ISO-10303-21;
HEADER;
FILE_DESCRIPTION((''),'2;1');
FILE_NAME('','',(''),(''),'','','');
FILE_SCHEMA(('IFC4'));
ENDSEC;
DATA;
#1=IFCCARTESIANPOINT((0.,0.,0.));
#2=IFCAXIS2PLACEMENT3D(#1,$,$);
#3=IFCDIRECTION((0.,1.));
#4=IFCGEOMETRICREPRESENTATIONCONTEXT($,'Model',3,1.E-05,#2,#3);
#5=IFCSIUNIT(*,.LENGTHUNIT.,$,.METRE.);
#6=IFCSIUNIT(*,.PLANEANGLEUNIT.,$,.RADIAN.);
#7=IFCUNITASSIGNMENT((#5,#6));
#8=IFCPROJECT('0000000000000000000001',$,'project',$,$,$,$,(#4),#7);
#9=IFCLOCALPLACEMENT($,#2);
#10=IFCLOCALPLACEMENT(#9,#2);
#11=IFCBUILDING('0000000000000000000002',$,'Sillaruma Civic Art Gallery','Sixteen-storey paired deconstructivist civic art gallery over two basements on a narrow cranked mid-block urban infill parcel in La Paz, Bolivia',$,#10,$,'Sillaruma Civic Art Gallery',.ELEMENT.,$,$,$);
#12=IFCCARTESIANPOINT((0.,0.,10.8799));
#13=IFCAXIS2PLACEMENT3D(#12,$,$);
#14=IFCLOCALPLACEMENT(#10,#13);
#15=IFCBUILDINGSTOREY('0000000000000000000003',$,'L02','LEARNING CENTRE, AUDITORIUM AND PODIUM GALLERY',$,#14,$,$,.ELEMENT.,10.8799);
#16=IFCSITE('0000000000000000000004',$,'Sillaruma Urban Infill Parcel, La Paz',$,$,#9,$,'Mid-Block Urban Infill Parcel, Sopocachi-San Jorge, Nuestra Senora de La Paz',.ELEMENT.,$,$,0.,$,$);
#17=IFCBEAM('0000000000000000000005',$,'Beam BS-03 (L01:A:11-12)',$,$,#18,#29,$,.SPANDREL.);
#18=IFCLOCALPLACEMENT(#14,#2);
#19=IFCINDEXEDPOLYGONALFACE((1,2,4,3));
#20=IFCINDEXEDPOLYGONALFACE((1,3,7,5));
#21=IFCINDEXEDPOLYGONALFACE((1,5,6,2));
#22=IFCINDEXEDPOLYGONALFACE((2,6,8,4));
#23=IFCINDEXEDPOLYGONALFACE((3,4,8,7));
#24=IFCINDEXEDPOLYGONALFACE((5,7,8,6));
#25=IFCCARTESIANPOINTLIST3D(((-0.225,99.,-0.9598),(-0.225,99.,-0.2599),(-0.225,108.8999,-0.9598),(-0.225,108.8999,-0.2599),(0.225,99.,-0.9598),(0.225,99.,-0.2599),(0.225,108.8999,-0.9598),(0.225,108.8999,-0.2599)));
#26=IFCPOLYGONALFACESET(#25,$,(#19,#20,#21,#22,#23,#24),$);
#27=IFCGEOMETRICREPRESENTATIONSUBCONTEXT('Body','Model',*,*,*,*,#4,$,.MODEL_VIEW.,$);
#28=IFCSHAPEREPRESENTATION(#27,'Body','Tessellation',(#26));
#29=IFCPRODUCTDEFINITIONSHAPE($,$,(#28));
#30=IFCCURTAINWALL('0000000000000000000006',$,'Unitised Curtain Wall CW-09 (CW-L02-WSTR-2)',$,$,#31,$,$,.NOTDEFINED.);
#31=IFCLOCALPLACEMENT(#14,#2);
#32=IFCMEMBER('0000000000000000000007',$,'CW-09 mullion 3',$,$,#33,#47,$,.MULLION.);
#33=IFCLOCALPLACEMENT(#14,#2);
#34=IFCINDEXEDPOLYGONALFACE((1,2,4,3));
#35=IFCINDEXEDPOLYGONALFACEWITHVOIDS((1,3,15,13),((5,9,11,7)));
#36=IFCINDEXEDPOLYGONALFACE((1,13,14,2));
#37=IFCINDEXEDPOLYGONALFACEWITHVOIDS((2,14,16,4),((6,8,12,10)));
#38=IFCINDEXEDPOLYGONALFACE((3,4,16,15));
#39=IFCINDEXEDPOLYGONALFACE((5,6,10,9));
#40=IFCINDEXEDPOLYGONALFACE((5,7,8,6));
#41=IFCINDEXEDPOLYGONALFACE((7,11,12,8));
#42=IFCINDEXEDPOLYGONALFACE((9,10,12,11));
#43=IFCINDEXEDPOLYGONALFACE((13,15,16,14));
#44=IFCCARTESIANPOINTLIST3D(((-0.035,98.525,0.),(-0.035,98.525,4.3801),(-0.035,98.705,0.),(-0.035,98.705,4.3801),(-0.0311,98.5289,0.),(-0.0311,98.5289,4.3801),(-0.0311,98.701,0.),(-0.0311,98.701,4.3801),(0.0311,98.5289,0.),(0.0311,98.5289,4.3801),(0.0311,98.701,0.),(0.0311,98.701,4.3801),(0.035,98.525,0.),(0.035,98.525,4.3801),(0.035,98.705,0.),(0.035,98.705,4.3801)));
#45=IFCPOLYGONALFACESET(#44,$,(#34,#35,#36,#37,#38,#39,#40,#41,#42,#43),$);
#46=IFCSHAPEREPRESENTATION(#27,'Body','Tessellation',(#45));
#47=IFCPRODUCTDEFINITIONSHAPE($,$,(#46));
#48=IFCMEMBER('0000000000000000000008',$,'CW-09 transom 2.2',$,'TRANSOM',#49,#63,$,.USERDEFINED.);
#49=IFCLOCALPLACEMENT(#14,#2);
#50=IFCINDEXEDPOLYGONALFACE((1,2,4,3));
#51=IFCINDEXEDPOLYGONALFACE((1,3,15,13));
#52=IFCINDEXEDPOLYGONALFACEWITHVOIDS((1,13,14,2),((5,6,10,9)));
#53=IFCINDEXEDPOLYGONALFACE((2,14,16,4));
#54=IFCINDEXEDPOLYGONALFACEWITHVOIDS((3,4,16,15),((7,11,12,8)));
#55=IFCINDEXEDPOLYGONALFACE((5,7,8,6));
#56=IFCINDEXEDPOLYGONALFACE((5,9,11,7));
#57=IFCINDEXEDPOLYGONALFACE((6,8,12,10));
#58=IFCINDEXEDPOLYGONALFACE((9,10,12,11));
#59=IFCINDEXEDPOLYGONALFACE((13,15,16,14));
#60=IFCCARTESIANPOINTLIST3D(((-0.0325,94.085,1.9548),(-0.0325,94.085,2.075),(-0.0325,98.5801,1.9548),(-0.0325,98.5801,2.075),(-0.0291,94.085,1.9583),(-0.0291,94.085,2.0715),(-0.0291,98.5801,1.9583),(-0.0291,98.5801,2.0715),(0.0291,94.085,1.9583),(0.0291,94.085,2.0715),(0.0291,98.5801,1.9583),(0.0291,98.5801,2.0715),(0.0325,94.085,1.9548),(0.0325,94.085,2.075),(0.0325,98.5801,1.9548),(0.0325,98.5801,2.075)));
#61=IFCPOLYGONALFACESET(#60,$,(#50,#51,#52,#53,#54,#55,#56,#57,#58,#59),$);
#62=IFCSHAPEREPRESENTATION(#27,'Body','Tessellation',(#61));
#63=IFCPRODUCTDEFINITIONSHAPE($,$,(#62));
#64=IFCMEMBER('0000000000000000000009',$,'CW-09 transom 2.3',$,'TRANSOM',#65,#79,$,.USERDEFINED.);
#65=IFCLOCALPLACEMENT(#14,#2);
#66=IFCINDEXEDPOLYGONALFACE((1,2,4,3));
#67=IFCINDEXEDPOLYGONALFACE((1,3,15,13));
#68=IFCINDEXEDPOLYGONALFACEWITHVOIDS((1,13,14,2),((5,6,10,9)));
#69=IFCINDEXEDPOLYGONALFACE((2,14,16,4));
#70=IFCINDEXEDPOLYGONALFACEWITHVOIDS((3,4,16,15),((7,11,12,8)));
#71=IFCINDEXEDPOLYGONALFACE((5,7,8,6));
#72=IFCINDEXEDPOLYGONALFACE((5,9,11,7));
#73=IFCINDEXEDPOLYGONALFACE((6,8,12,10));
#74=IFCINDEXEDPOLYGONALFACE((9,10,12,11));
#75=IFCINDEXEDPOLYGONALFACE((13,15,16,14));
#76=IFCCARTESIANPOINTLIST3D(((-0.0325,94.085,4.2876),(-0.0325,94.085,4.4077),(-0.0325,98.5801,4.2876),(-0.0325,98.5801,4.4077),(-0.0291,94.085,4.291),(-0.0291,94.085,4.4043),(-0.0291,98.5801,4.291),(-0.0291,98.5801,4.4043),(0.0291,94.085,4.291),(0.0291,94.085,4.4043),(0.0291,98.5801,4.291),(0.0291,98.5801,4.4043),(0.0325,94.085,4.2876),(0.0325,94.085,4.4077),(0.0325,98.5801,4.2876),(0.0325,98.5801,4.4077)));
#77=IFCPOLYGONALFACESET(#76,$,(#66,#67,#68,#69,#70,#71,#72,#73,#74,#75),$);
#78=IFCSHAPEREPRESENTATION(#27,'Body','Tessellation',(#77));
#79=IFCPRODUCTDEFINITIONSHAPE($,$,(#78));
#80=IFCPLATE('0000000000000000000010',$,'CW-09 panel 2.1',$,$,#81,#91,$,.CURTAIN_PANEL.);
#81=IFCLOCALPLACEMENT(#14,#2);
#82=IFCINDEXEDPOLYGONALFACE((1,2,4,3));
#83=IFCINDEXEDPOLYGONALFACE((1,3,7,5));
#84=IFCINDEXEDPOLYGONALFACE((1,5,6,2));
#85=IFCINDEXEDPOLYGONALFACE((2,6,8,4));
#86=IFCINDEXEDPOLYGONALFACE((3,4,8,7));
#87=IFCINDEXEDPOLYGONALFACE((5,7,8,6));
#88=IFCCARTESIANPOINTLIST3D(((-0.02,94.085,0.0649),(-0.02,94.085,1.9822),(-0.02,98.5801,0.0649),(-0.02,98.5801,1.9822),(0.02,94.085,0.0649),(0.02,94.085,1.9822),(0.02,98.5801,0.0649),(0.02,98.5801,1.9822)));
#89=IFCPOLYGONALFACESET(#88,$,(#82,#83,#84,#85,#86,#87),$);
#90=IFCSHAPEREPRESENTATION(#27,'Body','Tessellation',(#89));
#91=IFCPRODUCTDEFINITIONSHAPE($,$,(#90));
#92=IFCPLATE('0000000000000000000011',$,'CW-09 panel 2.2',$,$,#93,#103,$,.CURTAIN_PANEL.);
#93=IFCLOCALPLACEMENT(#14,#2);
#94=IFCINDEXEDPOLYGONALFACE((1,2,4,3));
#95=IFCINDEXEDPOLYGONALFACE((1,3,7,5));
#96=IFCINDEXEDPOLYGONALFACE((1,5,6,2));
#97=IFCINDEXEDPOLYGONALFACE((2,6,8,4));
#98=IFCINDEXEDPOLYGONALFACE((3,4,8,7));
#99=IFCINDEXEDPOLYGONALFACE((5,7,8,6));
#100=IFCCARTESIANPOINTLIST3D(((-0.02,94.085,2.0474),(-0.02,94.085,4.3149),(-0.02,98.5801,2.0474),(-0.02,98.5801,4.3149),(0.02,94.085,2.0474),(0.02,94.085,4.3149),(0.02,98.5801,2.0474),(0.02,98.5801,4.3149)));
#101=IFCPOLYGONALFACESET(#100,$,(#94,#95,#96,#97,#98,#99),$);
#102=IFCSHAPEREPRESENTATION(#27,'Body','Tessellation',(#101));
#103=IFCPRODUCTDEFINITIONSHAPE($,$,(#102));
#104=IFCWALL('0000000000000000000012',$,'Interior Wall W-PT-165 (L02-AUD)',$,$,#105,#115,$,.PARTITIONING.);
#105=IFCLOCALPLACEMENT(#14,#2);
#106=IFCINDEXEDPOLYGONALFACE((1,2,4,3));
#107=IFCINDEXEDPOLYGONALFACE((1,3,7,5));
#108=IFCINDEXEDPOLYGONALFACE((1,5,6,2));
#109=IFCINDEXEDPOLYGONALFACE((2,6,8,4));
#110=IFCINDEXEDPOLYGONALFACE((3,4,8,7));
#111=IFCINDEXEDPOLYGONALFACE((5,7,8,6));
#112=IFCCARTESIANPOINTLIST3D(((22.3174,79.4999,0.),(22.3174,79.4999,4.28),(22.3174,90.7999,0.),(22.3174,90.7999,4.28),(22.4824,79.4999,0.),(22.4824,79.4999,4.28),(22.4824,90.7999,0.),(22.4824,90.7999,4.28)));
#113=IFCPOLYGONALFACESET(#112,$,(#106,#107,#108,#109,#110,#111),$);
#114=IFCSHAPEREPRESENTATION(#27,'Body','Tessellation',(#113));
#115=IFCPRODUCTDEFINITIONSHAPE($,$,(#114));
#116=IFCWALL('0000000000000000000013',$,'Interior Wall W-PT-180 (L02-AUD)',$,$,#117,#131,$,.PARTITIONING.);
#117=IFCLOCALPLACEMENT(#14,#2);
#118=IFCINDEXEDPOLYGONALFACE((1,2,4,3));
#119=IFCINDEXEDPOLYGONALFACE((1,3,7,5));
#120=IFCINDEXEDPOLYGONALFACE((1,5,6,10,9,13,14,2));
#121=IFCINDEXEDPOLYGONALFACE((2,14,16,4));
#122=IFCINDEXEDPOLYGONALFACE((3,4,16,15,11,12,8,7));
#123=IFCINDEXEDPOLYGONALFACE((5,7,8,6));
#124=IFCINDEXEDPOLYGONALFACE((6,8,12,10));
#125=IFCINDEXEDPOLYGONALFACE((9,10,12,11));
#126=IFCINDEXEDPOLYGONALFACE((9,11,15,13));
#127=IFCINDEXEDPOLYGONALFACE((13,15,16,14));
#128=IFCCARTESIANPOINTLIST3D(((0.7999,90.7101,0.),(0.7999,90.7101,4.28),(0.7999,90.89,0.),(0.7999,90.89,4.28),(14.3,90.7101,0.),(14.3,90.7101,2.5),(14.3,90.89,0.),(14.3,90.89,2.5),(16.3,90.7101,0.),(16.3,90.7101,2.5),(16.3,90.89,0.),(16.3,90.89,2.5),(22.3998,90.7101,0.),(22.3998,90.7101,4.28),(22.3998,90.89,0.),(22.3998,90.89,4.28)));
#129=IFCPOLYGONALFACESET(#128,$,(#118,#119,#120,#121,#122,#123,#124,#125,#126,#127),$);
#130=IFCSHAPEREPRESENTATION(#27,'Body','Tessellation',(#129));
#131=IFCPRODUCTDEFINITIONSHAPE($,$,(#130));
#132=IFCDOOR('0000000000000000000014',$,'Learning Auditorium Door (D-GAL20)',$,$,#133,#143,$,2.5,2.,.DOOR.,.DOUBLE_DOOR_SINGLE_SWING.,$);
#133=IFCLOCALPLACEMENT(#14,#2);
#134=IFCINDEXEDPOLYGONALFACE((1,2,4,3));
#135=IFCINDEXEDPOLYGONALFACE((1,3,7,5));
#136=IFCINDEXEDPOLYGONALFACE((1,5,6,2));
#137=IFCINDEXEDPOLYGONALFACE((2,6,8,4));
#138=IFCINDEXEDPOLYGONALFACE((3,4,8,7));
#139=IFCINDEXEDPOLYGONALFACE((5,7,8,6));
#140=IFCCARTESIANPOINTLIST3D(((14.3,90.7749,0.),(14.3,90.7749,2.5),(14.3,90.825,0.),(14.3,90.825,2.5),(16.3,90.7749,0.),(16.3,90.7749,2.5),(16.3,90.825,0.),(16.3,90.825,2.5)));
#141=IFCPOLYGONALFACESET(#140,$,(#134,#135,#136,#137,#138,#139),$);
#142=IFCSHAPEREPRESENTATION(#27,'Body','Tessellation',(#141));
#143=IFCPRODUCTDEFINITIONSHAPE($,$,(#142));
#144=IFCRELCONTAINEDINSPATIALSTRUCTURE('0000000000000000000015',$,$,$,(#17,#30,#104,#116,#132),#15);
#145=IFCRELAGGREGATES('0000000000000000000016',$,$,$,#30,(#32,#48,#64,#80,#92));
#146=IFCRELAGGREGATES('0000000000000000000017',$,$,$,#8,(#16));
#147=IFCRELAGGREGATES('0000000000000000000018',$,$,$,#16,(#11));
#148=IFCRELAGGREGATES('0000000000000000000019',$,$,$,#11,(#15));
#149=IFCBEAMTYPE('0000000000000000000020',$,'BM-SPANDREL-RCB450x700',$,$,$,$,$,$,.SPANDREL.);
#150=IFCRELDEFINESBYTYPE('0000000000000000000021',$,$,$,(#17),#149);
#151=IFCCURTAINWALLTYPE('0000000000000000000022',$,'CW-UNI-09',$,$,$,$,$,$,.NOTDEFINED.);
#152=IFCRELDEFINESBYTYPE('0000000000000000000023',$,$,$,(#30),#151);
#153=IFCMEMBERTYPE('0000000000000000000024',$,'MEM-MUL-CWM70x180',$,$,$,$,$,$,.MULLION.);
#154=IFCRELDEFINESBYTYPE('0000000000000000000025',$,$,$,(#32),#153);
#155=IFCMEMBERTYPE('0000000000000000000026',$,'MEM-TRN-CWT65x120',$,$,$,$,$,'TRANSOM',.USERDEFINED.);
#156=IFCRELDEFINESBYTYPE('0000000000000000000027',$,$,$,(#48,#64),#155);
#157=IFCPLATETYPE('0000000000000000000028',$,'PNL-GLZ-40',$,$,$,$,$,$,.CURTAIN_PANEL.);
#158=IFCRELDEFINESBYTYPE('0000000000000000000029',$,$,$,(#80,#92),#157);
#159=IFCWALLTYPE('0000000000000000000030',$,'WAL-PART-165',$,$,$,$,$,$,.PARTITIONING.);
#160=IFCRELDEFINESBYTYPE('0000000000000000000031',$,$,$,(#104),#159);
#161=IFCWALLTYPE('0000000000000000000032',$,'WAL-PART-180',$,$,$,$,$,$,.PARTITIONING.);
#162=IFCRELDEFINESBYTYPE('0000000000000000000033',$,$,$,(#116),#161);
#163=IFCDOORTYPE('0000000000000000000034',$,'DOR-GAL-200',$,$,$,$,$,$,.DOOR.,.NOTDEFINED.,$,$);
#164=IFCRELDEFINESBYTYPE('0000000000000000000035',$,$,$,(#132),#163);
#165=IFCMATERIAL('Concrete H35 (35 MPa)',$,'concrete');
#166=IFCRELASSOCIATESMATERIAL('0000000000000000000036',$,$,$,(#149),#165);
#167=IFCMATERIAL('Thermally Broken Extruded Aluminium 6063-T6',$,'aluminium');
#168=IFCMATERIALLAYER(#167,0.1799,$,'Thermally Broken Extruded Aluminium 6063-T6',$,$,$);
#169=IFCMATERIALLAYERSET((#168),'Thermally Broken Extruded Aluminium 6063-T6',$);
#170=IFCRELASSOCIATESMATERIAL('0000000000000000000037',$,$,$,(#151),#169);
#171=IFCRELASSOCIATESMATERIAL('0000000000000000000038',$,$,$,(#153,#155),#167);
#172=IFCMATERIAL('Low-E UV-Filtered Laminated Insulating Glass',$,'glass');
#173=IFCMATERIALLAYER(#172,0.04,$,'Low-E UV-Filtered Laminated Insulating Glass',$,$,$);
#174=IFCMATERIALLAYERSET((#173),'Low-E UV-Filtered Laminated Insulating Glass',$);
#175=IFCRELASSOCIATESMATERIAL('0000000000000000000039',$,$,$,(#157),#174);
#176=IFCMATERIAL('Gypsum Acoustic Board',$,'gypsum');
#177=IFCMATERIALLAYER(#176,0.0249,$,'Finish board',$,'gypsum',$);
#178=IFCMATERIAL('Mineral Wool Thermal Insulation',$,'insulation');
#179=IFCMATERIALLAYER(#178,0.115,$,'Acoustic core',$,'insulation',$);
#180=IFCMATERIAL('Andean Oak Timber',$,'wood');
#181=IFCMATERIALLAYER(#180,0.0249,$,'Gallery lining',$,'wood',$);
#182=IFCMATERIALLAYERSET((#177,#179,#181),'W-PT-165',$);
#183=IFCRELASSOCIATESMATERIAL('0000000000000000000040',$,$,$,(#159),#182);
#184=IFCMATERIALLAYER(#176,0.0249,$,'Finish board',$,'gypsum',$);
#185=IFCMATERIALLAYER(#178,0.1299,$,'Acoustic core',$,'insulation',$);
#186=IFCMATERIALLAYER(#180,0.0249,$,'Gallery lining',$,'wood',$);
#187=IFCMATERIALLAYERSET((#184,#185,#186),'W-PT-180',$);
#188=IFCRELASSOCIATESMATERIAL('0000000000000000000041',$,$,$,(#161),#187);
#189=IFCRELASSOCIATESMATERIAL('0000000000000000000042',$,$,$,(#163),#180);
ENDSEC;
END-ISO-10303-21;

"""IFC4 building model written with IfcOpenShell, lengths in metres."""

from ifc_helpers import new_model, si_unit, direction, frame, frame_2d, origin, origin_2d, place, context, subcontext, project, spatial, rectangle, hollow_rectangle, extrude, material, layer, layer_set, material_profile, profile_set, type_object, element, fill, aggregate, save


model = new_model("IFC4")

# Units and contexts
model_context = context("Model", 3, precision=1e-05, world=origin(), true_north=direction((0.0, 1.0)))
body_context = subcontext(model_context, "Body", "Model", "MODEL_VIEW")
ifc_project = project(units=[si_unit("LENGTHUNIT", "METRE"), si_unit("PLANEANGLEUNIT", "RADIAN")], contexts=[model_context])

# Site, building, storey
site_placement = place(None, origin())
site = spatial("IfcSite", under=ifc_project, at=site_placement, Name="Sillaruma Urban Infill Parcel, La Paz", LongName="Mid-Block Urban Infill Parcel, Sopocachi-San Jorge, Nuestra Senora de La Paz", CompositionType="ELEMENT", RefElevation=0.0)
building_placement = place(site_placement, origin())
building = spatial("IfcBuilding", under=site, at=building_placement, Name="Sillaruma Civic Art Gallery", Description="Sixteen-storey paired deconstructivist civic art gallery over two basements on a narrow cranked mid-block urban infill parcel in La Paz, Bolivia", LongName="Sillaruma Civic Art Gallery", CompositionType="ELEMENT")
storey_placement = place(building_placement, frame((0.0, 0.0, 10.8799)))
storey = spatial("IfcBuildingStorey", under=building, at=storey_placement, Name="L02", Description="LEARNING CENTRE, AUDITORIUM AND PODIUM GALLERY", CompositionType="ELEMENT", Elevation=10.8799)

# Beam
ifc_material_1 = material(Name="Concrete H35 (35 MPa)", Category="concrete")
ifc_material_profile_1 = material_profile(ifc_material_1, rectangle(XDim=0.45, YDim=0.7, at=origin_2d()), Name="RCB450x700")
ifc_profile_set_1 = profile_set([ifc_material_profile_1], Name="Concrete H35 (35 MPa)")
beam_type_1 = type_object("IfcBeamType", Name="BM-SPANDREL-RCB450x700", PredefinedType="SPANDREL", material=ifc_profile_set_1)
beam_1_placement = place(storey_placement, frame((0.0, 99.0, -0.6099), z_axis=(0.0, 1.0, 0.0), x_axis=(-1.0, 0.0, 0.0)))
element("IfcBeam", 1, at=beam_1_placement, inside=storey, type_object=beam_type_1, Name="Beam BS-03 (L01:A:11-12)", PredefinedType="SPANDREL", context=body_context, shape_type="SweptSolid", body=[
    extrude(rectangle(XDim=0.45, YDim=0.7, at=origin_2d()), origin(), (0.0, 0.0, 1.0), 9.8999),
])

# Curtain wall, members, plates
ifc_material_2 = material(Name="Thermally Broken Extruded Aluminium 6063-T6", Category="aluminium")
ifc_layer_1 = layer(ifc_material_2, 0.1799, Name="Thermally Broken Extruded Aluminium 6063-T6")
ifc_layer_set_1 = layer_set([ifc_layer_1], Name="Thermally Broken Extruded Aluminium 6063-T6")
curtain_wall_type = type_object("IfcCurtainWallType", Name="CW-UNI-09", PredefinedType="NOTDEFINED", material=ifc_layer_set_1)
curtain_wall_placement = place(storey_placement, origin())
curtain_wall = element("IfcCurtainWall", 2, at=curtain_wall_placement, inside=storey, type_object=curtain_wall_type, Name="Unitised Curtain Wall CW-09 (CW-L02-WSTR-2)", PredefinedType="NOTDEFINED")
ifc_material_profile_2 = material_profile(ifc_material_2, hollow_rectangle(XDim=0.0701, YDim=0.1799, WallThickness=0.0039, at=origin_2d()), Name="CWM70x180")
ifc_profile_set_2 = profile_set([ifc_material_profile_2], Name="Thermally Broken Extruded Aluminium 6063-T6")
member_type_1 = type_object("IfcMemberType", Name="MEM-MUL-CWM70x180", PredefinedType="MULLION", material=ifc_profile_set_2)
member_1_placement = place(storey_placement, frame((0.0, 98.615, 0.0), z_axis=(0.0, 0.0, 1.0), x_axis=(-1.0, 0.0, 0.0)))
member_1 = element("IfcMember", 3, at=member_1_placement, type_object=member_type_1, Name="CW-09 mullion 3", PredefinedType="MULLION", context=body_context, shape_type="SweptSolid", body=[
    extrude(hollow_rectangle(XDim=0.0701, YDim=0.1799, WallThickness=0.0039, at=origin_2d()), origin(), (0.0, 0.0, 1.0), 4.3801),
])
ifc_material_profile_3 = material_profile(ifc_material_2, hollow_rectangle(XDim=0.0649, YDim=0.1201, WallThickness=0.0034, at=origin_2d()), Name="CWT65x120")
ifc_profile_set_3 = profile_set([ifc_material_profile_3], Name="Thermally Broken Extruded Aluminium 6063-T6")
member_type_2 = type_object("IfcMemberType", Name="MEM-TRN-CWT65x120", ElementType="TRANSOM", PredefinedType="USERDEFINED", material=ifc_profile_set_3)
member_2_placement = place(storey_placement, frame((0.0, 94.085, 2.0149), z_axis=(0.0, 1.0, 0.0), x_axis=(-1.0, 0.0, 0.0)))
member_2 = element("IfcMember", 4, at=member_2_placement, type_object=member_type_2, Name="CW-09 transom 2.2", ObjectType="TRANSOM", PredefinedType="USERDEFINED", context=body_context, shape_type="SweptSolid", body=[
    extrude(hollow_rectangle(XDim=0.0649, YDim=0.1201, WallThickness=0.0034, at=origin_2d()), origin(), (0.0, 0.0, 1.0), 4.4951),
])
member_3_placement = place(storey_placement, frame((0.0, 94.085, 4.3477), z_axis=(0.0, 1.0, 0.0), x_axis=(-1.0, 0.0, 0.0)))
member_3 = element("IfcMember", 5, at=member_3_placement, type_object=member_type_2, Name="CW-09 transom 2.3", ObjectType="TRANSOM", PredefinedType="USERDEFINED", context=body_context, shape_type="SweptSolid", body=[
    extrude(hollow_rectangle(XDim=0.0649, YDim=0.1201, WallThickness=0.0034, at=origin_2d()), origin(), (0.0, 0.0, 1.0), 4.4951),
])
ifc_material_3 = material(Name="Low-E UV-Filtered Laminated Insulating Glass", Category="glass")
ifc_layer_2 = layer(ifc_material_3, 0.04, Name="Low-E UV-Filtered Laminated Insulating Glass")
ifc_layer_set_2 = layer_set([ifc_layer_2], Name="Low-E UV-Filtered Laminated Insulating Glass")
plate_type = type_object("IfcPlateType", Name="PNL-GLZ-40", PredefinedType="CURTAIN_PANEL", material=ifc_layer_set_2)
plate_1_placement = place(storey_placement, frame((0.0, 96.3325, 0.0649), z_axis=(0.0, 0.0, 1.0), x_axis=(0.0, 1.0, 0.0)))
plate_1 = element("IfcPlate", 6, at=plate_1_placement, type_object=plate_type, Name="CW-09 panel 2.1", PredefinedType="CURTAIN_PANEL", context=body_context, shape_type="SweptSolid", body=[
    extrude(rectangle(XDim=4.4951, YDim=0.04, at=origin_2d()), origin(), (0.0, 0.0, 1.0), 1.9172),
])
plate_2_placement = place(storey_placement, frame((0.0, 96.3325, 2.0474), z_axis=(0.0, 0.0, 1.0), x_axis=(0.0, 1.0, 0.0)))
plate_2 = element("IfcPlate", 7, at=plate_2_placement, type_object=plate_type, Name="CW-09 panel 2.2", PredefinedType="CURTAIN_PANEL", context=body_context, shape_type="SweptSolid", body=[
    extrude(rectangle(XDim=4.4951, YDim=0.04, at=origin_2d()), origin(), (0.0, 0.0, 1.0), 2.2676),
])
aggregate(curtain_wall, [member_1, member_2, member_3, plate_1, plate_2])

# Wall
ifc_material_4 = material(Name="Gypsum Acoustic Board", Category="gypsum")
ifc_layer_3 = layer(ifc_material_4, 0.0249, Name="Finish board", Category="gypsum")
ifc_material_5 = material(Name="Mineral Wool Thermal Insulation", Category="insulation")
ifc_layer_4 = layer(ifc_material_5, 0.115, Name="Acoustic core", Category="insulation")
ifc_material_6 = material(Name="Andean Oak Timber", Category="wood")
ifc_layer_5 = layer(ifc_material_6, 0.0249, Name="Gallery lining", Category="wood")
ifc_layer_set_3 = layer_set([ifc_layer_3, ifc_layer_4, ifc_layer_5], Name="W-PT-165")
wall_type_1 = type_object("IfcWallType", Name="WAL-PART-165", PredefinedType="PARTITIONING", material=ifc_layer_set_3)
wall_1_placement = place(storey_placement, frame((22.3999, 79.5, 0.0), z_axis=(0.0, 0.0, 1.0), x_axis=(0.0, 1.0, 0.0)))
element("IfcWall", 8, at=wall_1_placement, inside=storey, type_object=wall_type_1, Name="Interior Wall W-PT-165 (L02-AUD)", PredefinedType="PARTITIONING", context=body_context, shape_type="SweptSolid", body=[
    extrude(rectangle(XDim=11.3, YDim=0.165, at=frame_2d((5.6499, 0.0))), origin(), (0.0, 0.0, 1.0), 4.28),
])

# Wall, opening, door
ifc_layer_6 = layer(ifc_material_4, 0.0249, Name="Finish board", Category="gypsum")
ifc_layer_7 = layer(ifc_material_5, 0.1299, Name="Acoustic core", Category="insulation")
ifc_layer_8 = layer(ifc_material_6, 0.0249, Name="Gallery lining", Category="wood")
ifc_layer_set_4 = layer_set([ifc_layer_6, ifc_layer_7, ifc_layer_8], Name="W-PT-180")
wall_type_2 = type_object("IfcWallType", Name="WAL-PART-180", PredefinedType="PARTITIONING", material=ifc_layer_set_4)
wall_2_placement = place(storey_placement, frame((0.8, 90.8, 0.0), z_axis=(0.0, 0.0, 1.0), x_axis=(1.0, 0.0, 0.0)))
wall_2 = element("IfcWall", 9, at=wall_2_placement, inside=storey, type_object=wall_type_2, Name="Interior Wall W-PT-180 (L02-AUD)", PredefinedType="PARTITIONING", context=body_context, shape_type="SweptSolid", body=[
    extrude(rectangle(XDim=21.5999, YDim=0.1799, at=frame_2d((10.7998, 0.0))), origin(), (0.0, 0.0, 1.0), 4.28),
])
opening_1_placement = place(wall_2_placement, frame((13.5, 0.0, 0.0)))
opening_1 = element("IfcOpeningElement", 10, at=opening_1_placement, cuts=wall_2, PredefinedType="OPENING", context=body_context, shape_type="SweptSolid", body=[
    extrude(rectangle(XDim=2.0, YDim=2.5, at=frame_2d((1.0, 1.25))), frame((0.0, 0.0999, 0.0), z_axis=(0.0, -1.0, 0.0), x_axis=(1.0, 0.0, 0.0)), (0.0, 0.0, 1.0), 0.2),
])
door_type_1 = type_object("IfcDoorType", Name="DOR-GAL-200", OperationType="NOTDEFINED", PredefinedType="DOOR", material=ifc_material_6)
door_1_placement = place(opening_1_placement, origin())
door_1 = element("IfcDoor", 11, at=door_1_placement, inside=storey, type_object=door_type_1, Name="Learning Auditorium Door (D-GAL20)", OperationType="DOUBLE_DOOR_SINGLE_SWING", OverallHeight=2.5, OverallWidth=2.0, PredefinedType="DOOR", context=body_context, shape_type="SweptSolid", body=[
    extrude(rectangle(XDim=2.0, YDim=2.5, at=frame_2d((1.0, 1.25))), frame((0.0, 0.0249, 0.0), z_axis=(0.0, -1.0, 0.0), x_axis=(1.0, 0.0, 0.0)), (0.0, 0.0, 1.0), 0.05),
])
fill(opening_1, door_1)

save(model, "model.ifc")
